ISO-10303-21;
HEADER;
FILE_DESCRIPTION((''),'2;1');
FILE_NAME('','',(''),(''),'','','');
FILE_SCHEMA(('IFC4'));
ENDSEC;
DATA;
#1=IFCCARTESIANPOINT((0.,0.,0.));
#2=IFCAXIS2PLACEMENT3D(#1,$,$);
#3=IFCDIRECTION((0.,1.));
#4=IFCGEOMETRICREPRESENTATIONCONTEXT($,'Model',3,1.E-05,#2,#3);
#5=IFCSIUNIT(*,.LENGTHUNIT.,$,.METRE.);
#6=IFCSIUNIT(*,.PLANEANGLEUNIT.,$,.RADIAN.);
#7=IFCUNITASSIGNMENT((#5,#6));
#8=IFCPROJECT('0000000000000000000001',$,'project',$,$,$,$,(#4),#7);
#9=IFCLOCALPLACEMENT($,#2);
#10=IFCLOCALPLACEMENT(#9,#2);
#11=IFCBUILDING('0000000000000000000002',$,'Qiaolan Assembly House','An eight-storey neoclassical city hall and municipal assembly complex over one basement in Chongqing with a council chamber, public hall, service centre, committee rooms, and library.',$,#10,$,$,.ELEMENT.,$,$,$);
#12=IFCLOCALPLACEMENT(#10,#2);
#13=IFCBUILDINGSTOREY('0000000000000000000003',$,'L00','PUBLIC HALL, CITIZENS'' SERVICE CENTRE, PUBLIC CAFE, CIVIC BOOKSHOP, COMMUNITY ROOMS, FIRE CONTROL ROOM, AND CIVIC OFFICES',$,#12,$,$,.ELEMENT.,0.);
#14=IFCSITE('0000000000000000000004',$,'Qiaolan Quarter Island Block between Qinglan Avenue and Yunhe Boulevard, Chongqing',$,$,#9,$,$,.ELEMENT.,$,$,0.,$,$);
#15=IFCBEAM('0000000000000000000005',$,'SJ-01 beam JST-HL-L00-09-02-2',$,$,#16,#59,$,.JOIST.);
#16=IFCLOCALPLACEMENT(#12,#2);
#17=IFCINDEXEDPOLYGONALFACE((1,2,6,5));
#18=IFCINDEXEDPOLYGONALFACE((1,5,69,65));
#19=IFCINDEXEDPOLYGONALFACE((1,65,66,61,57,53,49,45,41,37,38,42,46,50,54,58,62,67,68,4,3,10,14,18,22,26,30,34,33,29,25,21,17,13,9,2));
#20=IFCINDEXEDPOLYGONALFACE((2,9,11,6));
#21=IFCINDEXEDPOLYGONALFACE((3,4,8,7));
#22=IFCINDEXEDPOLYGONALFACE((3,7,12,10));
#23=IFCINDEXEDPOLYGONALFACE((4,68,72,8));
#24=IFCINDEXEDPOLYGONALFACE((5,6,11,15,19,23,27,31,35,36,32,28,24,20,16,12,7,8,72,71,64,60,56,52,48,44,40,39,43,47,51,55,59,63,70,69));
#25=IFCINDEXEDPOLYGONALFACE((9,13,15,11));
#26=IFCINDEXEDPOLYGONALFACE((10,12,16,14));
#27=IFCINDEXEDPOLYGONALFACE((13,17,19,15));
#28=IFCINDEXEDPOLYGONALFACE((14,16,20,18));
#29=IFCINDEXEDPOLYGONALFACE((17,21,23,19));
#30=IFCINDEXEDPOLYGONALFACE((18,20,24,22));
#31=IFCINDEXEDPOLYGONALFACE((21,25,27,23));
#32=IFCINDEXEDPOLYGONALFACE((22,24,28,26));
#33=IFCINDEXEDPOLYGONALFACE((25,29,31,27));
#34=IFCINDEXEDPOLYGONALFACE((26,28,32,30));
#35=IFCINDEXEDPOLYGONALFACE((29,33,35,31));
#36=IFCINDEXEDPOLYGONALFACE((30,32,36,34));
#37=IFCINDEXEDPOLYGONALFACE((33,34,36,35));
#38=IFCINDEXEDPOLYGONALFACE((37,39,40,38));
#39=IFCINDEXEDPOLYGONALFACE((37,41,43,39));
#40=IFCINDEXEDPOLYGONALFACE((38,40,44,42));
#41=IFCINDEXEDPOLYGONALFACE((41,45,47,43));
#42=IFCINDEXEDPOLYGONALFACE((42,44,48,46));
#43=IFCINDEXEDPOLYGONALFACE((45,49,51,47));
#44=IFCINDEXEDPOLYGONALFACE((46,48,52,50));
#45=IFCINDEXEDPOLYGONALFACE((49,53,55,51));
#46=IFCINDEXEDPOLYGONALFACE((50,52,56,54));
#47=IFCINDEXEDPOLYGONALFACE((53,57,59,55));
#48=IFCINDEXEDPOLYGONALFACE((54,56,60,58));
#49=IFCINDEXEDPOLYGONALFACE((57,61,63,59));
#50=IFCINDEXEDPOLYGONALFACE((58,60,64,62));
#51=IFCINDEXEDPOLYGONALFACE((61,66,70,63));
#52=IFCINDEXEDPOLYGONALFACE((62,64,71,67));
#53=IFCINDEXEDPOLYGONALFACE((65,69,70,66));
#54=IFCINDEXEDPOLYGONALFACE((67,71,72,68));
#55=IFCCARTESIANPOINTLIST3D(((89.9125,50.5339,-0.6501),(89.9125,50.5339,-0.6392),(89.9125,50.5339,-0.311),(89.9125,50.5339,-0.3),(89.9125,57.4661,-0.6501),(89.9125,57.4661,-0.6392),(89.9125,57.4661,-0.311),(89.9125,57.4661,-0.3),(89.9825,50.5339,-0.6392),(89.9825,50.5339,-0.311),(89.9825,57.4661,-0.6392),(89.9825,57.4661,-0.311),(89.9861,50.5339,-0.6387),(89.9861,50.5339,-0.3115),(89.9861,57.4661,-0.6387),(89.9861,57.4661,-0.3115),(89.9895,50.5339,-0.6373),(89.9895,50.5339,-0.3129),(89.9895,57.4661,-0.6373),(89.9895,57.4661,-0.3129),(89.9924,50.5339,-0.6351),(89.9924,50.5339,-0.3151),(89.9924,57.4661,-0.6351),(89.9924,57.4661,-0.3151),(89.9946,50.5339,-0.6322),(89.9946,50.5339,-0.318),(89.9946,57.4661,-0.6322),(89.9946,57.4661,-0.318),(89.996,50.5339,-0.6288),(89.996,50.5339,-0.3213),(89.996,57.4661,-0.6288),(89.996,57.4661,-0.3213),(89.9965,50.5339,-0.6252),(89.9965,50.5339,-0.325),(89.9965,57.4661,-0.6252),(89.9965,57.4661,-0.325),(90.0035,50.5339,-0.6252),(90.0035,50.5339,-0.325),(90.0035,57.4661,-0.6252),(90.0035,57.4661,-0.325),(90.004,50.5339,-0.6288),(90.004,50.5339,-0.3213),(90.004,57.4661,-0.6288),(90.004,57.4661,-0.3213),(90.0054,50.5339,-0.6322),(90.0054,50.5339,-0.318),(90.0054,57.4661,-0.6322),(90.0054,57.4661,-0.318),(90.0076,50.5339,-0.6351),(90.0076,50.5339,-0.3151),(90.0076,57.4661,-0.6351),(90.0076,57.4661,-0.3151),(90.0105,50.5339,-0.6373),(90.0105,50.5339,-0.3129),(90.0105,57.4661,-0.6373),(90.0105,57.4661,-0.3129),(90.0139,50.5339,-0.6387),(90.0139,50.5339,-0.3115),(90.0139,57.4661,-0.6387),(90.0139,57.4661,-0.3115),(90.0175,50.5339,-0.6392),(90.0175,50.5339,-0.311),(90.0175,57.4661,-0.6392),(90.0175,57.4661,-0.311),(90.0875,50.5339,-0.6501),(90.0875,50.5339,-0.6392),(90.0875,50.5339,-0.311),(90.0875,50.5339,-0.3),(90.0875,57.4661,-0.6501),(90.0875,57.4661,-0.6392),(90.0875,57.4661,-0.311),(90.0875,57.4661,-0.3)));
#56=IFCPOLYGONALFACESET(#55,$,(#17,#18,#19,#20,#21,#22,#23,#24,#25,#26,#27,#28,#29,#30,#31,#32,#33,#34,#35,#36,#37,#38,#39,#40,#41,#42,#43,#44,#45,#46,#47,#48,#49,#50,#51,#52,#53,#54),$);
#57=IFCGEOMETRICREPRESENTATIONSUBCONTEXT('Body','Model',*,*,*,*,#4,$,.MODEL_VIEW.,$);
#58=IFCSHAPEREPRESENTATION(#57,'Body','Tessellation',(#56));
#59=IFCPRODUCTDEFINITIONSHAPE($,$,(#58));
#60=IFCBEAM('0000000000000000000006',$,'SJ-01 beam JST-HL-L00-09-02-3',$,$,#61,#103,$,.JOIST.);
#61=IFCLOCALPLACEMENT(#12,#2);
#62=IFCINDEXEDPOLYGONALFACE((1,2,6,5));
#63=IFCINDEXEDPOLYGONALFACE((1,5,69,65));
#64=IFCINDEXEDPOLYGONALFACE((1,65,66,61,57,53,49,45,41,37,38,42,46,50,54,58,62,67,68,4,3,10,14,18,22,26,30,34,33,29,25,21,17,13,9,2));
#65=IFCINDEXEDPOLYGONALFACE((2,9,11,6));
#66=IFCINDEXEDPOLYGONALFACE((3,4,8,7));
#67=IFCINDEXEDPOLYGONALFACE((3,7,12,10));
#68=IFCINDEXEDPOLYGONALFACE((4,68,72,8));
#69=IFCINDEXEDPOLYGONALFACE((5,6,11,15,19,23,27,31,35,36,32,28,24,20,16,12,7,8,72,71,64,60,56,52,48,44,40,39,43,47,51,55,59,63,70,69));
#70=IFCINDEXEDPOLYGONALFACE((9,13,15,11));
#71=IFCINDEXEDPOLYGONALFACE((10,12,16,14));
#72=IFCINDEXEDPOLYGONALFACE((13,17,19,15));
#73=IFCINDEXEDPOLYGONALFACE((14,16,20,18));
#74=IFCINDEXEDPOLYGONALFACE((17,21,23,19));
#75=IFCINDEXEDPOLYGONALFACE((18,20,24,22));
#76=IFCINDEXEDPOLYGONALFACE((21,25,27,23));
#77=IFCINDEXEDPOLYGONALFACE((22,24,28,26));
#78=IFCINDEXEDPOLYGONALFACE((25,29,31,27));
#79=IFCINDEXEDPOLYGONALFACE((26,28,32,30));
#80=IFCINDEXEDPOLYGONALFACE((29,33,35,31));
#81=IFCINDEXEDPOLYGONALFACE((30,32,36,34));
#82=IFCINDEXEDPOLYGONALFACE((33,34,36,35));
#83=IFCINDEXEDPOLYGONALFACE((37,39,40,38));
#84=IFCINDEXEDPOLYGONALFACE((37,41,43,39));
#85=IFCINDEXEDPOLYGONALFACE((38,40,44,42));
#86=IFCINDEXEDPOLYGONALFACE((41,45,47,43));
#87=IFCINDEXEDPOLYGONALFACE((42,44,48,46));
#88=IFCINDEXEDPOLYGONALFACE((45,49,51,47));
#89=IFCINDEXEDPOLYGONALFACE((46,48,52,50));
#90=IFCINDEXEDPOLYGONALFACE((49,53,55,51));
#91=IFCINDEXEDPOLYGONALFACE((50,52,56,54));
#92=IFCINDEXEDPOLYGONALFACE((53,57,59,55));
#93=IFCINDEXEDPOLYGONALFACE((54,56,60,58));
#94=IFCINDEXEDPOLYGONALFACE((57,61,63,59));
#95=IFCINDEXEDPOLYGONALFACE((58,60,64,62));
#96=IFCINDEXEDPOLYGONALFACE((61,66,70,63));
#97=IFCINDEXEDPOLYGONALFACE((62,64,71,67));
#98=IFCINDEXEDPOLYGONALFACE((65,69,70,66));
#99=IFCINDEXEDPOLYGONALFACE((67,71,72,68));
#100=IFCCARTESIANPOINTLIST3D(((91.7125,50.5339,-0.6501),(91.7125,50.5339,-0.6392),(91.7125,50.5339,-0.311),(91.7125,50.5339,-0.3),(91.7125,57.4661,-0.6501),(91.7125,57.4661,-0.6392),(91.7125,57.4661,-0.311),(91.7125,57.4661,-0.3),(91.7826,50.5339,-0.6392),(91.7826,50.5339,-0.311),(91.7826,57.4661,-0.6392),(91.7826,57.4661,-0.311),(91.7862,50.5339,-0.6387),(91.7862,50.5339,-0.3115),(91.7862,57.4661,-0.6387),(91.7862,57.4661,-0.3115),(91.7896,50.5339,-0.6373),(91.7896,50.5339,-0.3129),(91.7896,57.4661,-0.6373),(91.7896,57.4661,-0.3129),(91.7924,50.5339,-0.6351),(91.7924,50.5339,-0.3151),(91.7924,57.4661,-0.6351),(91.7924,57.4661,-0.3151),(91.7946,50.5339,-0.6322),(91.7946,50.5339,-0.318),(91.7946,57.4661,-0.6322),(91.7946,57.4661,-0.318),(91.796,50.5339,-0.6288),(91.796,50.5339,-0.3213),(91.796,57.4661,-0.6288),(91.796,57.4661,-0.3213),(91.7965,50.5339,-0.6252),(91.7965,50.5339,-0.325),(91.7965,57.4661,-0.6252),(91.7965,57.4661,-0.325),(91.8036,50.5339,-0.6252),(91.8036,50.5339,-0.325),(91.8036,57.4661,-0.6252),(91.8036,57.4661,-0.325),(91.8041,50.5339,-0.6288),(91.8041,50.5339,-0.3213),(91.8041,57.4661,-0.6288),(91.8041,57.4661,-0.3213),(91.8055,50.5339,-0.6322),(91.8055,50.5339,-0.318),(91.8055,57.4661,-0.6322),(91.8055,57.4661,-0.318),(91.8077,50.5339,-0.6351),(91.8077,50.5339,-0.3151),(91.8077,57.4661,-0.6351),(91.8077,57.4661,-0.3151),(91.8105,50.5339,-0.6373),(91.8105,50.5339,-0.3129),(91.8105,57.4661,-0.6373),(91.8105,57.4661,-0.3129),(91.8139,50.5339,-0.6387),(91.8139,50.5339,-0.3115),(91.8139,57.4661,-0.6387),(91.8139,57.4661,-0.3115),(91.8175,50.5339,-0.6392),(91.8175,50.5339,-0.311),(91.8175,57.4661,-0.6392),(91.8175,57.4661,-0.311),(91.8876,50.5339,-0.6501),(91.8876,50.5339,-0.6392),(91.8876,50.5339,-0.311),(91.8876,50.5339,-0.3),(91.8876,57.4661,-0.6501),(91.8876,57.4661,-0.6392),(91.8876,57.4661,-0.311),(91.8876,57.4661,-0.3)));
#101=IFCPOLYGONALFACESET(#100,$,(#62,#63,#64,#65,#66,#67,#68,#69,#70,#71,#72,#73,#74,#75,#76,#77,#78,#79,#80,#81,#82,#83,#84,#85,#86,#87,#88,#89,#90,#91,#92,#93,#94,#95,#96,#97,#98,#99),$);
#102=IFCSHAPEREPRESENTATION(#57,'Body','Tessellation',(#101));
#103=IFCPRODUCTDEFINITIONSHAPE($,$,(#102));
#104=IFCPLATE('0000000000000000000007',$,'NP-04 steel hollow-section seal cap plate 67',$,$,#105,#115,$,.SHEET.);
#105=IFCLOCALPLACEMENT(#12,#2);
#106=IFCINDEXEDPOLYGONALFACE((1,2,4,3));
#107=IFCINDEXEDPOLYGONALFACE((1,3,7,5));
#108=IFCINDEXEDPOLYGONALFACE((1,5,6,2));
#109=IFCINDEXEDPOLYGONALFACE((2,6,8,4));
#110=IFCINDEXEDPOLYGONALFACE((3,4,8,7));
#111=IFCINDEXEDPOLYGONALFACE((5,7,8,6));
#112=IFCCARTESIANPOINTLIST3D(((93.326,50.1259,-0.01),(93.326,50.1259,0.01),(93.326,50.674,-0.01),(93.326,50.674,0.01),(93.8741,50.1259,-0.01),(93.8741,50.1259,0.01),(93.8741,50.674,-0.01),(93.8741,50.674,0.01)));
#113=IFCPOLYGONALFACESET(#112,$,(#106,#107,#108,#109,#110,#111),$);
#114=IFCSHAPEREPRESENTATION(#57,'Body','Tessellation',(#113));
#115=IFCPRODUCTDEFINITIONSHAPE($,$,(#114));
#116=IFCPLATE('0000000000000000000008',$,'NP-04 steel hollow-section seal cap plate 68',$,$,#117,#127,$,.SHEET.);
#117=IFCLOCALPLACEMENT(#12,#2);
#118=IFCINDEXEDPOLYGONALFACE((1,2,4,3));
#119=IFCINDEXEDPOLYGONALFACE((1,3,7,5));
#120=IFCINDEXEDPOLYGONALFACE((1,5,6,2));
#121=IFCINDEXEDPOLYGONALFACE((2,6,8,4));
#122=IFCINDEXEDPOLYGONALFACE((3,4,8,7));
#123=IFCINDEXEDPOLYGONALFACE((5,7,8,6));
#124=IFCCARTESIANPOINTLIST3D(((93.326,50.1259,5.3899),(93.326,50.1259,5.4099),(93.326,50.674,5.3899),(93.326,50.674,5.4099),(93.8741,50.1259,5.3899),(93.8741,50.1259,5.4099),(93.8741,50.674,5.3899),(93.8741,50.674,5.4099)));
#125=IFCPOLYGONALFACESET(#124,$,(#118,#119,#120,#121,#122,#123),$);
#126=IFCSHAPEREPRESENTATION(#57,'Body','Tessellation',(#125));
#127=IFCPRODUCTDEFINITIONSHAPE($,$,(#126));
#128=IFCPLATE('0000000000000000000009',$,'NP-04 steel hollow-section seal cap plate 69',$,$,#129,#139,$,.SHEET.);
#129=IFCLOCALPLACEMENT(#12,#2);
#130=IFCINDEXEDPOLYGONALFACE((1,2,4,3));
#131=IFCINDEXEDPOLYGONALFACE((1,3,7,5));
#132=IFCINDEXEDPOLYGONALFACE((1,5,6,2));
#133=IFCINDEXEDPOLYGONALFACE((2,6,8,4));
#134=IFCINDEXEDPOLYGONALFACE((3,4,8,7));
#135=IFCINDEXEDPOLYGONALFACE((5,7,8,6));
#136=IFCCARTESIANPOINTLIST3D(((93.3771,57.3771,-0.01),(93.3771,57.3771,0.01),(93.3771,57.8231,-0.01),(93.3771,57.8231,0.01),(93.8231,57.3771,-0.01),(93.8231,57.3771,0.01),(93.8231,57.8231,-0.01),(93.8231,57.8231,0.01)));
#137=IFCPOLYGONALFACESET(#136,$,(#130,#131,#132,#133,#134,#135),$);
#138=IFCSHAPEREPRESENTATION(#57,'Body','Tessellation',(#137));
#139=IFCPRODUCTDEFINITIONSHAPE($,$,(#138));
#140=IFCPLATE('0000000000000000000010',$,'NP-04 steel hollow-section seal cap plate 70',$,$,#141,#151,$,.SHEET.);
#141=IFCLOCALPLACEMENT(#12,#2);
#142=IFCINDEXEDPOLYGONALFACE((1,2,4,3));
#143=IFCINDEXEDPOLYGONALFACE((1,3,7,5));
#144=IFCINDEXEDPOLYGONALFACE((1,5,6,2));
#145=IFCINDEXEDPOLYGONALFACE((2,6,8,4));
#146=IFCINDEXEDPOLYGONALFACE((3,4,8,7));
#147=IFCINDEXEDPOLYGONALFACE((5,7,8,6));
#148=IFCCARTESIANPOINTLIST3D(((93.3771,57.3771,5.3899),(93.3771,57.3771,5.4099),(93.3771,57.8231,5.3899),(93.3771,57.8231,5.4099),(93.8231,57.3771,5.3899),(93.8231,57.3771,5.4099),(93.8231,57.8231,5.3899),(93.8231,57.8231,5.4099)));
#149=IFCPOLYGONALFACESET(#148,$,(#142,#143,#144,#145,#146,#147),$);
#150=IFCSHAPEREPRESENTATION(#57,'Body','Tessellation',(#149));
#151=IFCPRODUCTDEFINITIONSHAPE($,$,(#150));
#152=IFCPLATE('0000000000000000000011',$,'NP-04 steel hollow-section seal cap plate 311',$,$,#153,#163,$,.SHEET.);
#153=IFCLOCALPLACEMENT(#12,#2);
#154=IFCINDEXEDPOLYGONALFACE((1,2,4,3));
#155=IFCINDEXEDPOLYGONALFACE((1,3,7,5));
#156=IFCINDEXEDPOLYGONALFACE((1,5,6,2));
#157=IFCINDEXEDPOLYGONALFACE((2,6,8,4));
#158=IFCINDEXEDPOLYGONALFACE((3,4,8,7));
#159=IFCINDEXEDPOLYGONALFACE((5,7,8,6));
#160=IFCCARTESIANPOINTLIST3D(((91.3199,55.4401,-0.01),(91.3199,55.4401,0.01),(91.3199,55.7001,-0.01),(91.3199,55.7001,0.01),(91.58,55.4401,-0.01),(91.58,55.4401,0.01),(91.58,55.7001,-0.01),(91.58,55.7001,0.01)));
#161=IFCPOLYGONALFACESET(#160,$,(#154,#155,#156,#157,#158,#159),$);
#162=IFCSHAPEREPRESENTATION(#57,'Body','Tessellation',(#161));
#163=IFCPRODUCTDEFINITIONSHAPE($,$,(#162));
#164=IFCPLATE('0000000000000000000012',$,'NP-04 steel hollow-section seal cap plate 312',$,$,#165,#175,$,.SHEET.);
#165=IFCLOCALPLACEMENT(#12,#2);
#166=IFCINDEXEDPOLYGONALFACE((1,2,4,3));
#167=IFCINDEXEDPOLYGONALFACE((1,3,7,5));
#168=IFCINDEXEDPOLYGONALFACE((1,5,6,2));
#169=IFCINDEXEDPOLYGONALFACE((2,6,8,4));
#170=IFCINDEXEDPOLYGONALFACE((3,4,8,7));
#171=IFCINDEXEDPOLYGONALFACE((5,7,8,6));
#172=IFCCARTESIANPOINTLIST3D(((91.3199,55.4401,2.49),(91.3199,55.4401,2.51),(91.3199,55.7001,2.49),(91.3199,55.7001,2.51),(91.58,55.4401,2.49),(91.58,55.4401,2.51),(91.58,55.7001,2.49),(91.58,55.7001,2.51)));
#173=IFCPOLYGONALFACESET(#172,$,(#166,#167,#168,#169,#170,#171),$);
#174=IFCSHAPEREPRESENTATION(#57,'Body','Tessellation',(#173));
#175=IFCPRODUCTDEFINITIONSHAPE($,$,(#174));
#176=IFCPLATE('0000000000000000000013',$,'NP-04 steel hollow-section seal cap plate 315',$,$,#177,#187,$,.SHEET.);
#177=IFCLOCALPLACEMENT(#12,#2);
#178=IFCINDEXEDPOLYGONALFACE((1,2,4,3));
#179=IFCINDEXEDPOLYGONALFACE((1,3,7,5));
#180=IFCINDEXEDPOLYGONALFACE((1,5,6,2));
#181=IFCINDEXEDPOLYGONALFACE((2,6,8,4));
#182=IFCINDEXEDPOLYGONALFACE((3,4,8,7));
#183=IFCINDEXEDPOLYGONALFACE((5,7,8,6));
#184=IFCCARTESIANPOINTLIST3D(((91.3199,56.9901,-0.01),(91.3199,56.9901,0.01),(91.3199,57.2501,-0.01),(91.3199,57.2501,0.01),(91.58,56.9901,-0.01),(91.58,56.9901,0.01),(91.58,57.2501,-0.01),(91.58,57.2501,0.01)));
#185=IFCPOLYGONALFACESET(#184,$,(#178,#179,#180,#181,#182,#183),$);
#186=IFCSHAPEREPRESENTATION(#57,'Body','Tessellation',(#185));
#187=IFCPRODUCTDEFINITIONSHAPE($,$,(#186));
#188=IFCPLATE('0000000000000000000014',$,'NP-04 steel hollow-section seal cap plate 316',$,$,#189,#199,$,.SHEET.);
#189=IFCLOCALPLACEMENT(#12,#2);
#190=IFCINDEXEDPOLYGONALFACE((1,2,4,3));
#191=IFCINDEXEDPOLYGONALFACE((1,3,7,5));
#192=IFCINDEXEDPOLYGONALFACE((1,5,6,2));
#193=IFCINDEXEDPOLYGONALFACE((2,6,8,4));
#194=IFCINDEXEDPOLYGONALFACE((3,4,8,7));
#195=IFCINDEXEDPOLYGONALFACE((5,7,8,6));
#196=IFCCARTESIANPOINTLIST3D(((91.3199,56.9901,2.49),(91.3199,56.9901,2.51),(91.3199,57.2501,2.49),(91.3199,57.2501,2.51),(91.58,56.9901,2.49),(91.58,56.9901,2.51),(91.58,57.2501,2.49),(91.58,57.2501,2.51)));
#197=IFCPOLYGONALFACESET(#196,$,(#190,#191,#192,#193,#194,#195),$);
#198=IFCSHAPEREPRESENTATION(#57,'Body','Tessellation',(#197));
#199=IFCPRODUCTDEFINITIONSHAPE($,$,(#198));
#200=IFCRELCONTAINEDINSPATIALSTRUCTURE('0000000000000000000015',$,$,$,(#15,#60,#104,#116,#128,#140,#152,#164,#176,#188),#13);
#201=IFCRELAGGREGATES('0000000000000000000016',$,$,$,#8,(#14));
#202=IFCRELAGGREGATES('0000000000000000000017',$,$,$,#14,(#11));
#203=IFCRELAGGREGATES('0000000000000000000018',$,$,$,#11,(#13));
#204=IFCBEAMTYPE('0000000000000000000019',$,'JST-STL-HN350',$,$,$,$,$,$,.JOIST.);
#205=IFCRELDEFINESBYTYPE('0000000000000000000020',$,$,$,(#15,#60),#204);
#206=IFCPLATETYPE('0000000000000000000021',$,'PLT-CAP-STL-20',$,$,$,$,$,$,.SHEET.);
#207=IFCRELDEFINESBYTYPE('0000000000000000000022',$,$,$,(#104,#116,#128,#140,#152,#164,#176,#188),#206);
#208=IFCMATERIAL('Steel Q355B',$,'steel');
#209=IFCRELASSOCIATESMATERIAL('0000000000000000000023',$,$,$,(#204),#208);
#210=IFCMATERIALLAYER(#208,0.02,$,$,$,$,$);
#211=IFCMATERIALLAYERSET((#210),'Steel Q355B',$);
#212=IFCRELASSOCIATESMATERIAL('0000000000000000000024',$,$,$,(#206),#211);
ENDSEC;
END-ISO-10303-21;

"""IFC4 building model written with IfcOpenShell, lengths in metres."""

from ifc_helpers import new_model, si_unit, direction, frame, origin, origin_2d, place, context, subcontext, project, spatial, rectangle, i_section, extrude, material, layer, layer_set, material_profile, profile_set, type_object, element, save


model = new_model("IFC4")

# Units and contexts
model_context = context("Model", 3, precision=1e-05, world=origin(), true_north=direction((0.0, 1.0)))
body_context = subcontext(model_context, "Body", "Model", "MODEL_VIEW")
ifc_project = project(units=[si_unit("LENGTHUNIT", "METRE"), si_unit("PLANEANGLEUNIT", "RADIAN")], contexts=[model_context])

# Site, building, storey
site_placement = place(None, origin())
site = spatial("IfcSite", under=ifc_project, at=site_placement, Name="Qiaolan Quarter Island Block between Qinglan Avenue and Yunhe Boulevard, Chongqing", CompositionType="ELEMENT", RefElevation=0.0)
building_placement = place(site_placement, origin())
building = spatial("IfcBuilding", under=site, at=building_placement, Name="Qiaolan Assembly House", Description="An eight-storey neoclassical city hall and municipal assembly complex over one basement in Chongqing with a council chamber, public hall, service centre, committee rooms, and library.", CompositionType="ELEMENT")
storey_placement = place(building_placement, origin())
storey = spatial("IfcBuildingStorey", under=building, at=storey_placement, Name="L00", Description="PUBLIC HALL, CITIZENS' SERVICE CENTRE, PUBLIC CAFE, CIVIC BOOKSHOP, COMMUNITY ROOMS, FIRE CONTROL ROOM, AND CIVIC OFFICES", CompositionType="ELEMENT", Elevation=0.0)

# Shared definitions
ifc_material_1 = material(Name="Steel Q355B", Category="steel")

# Beams
ifc_material_profile_1 = material_profile(ifc_material_1, i_section(OverallWidth=0.175, OverallDepth=0.3501, WebThickness=0.0071, FlangeThickness=0.011, FilletRadius=0.0139, at=origin_2d()), Name="HN 350x175x7x11")
ifc_profile_set_1 = profile_set([ifc_material_profile_1], Name="Steel Q355B")
beam_type_1 = type_object("IfcBeamType", Name="JST-STL-HN350", PredefinedType="JOIST", material=ifc_profile_set_1)
for number, where, z_axis, x_axis, name in (
    (1, (90.0, 50.5339, -0.4751), (0.0, 1.0, 0.0), (-1.0, 0.0, 0.0), "SJ-01 beam JST-HL-L00-09-02-2"),
    (2, (91.8, 50.5339, -0.4751), (0.0, 1.0, 0.0), (-1.0, 0.0, 0.0), "SJ-01 beam JST-HL-L00-09-02-3"),
):
    element("IfcBeam", number, at=place(storey_placement, frame(where, z_axis=z_axis, x_axis=x_axis)), inside=storey, type_object=beam_type_1, Name=name, PredefinedType="JOIST", context=body_context, shape_type="SweptSolid", body=[
        extrude(i_section(OverallWidth=0.175, OverallDepth=0.3501, WebThickness=0.0071, FlangeThickness=0.011, FilletRadius=0.0139, at=origin_2d()), origin(), (0.0, 0.0, 1.0), 6.9321),
    ])

# Plates
ifc_layer = layer(ifc_material_1, 0.02)
ifc_layer_set = layer_set([ifc_layer], Name="Steel Q355B")
plate_type = type_object("IfcPlateType", Name="PLT-CAP-STL-20", PredefinedType="SHEET", material=ifc_layer_set)
for number, where, z_axis, x_axis, name in (
    (3, (93.6001, 50.3999, -0.01), (0.0, 0.0, 1.0), (1.0, 0.0, 0.0), "NP-04 steel hollow-section seal cap plate 67"),
    (4, (93.6001, 50.3999, 5.3899), (0.0, 0.0, 1.0), (1.0, 0.0, 0.0), "NP-04 steel hollow-section seal cap plate 68"),
):
    element("IfcPlate", number, at=place(storey_placement, frame(where, z_axis=z_axis, x_axis=x_axis)), inside=storey, type_object=plate_type, Name=name, PredefinedType="SHEET", context=body_context, shape_type="SweptSolid", body=[
        extrude(rectangle(XDim=0.5481, YDim=0.5481, at=origin_2d()), origin(), (0.0, 0.0, 1.0), 0.02),
    ])
for number, where, z_axis, x_axis, name in (
    (5, (93.6001, 57.6001, -0.01), (0.0, 0.0, 1.0), (1.0, 0.0, 0.0), "NP-04 steel hollow-section seal cap plate 69"),
    (6, (93.6001, 57.6001, 5.3899), (0.0, 0.0, 1.0), (1.0, 0.0, 0.0), "NP-04 steel hollow-section seal cap plate 70"),
):
    element("IfcPlate", number, at=place(storey_placement, frame(where, z_axis=z_axis, x_axis=x_axis)), inside=storey, type_object=plate_type, Name=name, PredefinedType="SHEET", context=body_context, shape_type="SweptSolid", body=[
        extrude(rectangle(XDim=0.446, YDim=0.446, at=origin_2d()), origin(), (0.0, 0.0, 1.0), 0.02),
    ])
for number, where, z_axis, x_axis, name in (
    (7, (91.45, 55.5701, -0.01), (0.0, 0.0, 1.0), (1.0, 0.0, 0.0), "NP-04 steel hollow-section seal cap plate 311"),
    (8, (91.45, 55.5701, 2.49), (0.0, 0.0, 1.0), (1.0, 0.0, 0.0), "NP-04 steel hollow-section seal cap plate 312"),
    (9, (91.45, 57.1201, -0.01), (0.0, 0.0, 1.0), (1.0, 0.0, 0.0), "NP-04 steel hollow-section seal cap plate 315"),
    (10, (91.45, 57.1201, 2.49), (0.0, 0.0, 1.0), (1.0, 0.0, 0.0), "NP-04 steel hollow-section seal cap plate 316"),
):
    element("IfcPlate", number, at=place(storey_placement, frame(where, z_axis=z_axis, x_axis=x_axis)), inside=storey, type_object=plate_type, Name=name, PredefinedType="SHEET", context=body_context, shape_type="SweptSolid", body=[
        extrude(rectangle(XDim=0.26, YDim=0.26, at=origin_2d()), origin(), (0.0, 0.0, 1.0), 0.02),
    ])

save(model, "model.ifc")
